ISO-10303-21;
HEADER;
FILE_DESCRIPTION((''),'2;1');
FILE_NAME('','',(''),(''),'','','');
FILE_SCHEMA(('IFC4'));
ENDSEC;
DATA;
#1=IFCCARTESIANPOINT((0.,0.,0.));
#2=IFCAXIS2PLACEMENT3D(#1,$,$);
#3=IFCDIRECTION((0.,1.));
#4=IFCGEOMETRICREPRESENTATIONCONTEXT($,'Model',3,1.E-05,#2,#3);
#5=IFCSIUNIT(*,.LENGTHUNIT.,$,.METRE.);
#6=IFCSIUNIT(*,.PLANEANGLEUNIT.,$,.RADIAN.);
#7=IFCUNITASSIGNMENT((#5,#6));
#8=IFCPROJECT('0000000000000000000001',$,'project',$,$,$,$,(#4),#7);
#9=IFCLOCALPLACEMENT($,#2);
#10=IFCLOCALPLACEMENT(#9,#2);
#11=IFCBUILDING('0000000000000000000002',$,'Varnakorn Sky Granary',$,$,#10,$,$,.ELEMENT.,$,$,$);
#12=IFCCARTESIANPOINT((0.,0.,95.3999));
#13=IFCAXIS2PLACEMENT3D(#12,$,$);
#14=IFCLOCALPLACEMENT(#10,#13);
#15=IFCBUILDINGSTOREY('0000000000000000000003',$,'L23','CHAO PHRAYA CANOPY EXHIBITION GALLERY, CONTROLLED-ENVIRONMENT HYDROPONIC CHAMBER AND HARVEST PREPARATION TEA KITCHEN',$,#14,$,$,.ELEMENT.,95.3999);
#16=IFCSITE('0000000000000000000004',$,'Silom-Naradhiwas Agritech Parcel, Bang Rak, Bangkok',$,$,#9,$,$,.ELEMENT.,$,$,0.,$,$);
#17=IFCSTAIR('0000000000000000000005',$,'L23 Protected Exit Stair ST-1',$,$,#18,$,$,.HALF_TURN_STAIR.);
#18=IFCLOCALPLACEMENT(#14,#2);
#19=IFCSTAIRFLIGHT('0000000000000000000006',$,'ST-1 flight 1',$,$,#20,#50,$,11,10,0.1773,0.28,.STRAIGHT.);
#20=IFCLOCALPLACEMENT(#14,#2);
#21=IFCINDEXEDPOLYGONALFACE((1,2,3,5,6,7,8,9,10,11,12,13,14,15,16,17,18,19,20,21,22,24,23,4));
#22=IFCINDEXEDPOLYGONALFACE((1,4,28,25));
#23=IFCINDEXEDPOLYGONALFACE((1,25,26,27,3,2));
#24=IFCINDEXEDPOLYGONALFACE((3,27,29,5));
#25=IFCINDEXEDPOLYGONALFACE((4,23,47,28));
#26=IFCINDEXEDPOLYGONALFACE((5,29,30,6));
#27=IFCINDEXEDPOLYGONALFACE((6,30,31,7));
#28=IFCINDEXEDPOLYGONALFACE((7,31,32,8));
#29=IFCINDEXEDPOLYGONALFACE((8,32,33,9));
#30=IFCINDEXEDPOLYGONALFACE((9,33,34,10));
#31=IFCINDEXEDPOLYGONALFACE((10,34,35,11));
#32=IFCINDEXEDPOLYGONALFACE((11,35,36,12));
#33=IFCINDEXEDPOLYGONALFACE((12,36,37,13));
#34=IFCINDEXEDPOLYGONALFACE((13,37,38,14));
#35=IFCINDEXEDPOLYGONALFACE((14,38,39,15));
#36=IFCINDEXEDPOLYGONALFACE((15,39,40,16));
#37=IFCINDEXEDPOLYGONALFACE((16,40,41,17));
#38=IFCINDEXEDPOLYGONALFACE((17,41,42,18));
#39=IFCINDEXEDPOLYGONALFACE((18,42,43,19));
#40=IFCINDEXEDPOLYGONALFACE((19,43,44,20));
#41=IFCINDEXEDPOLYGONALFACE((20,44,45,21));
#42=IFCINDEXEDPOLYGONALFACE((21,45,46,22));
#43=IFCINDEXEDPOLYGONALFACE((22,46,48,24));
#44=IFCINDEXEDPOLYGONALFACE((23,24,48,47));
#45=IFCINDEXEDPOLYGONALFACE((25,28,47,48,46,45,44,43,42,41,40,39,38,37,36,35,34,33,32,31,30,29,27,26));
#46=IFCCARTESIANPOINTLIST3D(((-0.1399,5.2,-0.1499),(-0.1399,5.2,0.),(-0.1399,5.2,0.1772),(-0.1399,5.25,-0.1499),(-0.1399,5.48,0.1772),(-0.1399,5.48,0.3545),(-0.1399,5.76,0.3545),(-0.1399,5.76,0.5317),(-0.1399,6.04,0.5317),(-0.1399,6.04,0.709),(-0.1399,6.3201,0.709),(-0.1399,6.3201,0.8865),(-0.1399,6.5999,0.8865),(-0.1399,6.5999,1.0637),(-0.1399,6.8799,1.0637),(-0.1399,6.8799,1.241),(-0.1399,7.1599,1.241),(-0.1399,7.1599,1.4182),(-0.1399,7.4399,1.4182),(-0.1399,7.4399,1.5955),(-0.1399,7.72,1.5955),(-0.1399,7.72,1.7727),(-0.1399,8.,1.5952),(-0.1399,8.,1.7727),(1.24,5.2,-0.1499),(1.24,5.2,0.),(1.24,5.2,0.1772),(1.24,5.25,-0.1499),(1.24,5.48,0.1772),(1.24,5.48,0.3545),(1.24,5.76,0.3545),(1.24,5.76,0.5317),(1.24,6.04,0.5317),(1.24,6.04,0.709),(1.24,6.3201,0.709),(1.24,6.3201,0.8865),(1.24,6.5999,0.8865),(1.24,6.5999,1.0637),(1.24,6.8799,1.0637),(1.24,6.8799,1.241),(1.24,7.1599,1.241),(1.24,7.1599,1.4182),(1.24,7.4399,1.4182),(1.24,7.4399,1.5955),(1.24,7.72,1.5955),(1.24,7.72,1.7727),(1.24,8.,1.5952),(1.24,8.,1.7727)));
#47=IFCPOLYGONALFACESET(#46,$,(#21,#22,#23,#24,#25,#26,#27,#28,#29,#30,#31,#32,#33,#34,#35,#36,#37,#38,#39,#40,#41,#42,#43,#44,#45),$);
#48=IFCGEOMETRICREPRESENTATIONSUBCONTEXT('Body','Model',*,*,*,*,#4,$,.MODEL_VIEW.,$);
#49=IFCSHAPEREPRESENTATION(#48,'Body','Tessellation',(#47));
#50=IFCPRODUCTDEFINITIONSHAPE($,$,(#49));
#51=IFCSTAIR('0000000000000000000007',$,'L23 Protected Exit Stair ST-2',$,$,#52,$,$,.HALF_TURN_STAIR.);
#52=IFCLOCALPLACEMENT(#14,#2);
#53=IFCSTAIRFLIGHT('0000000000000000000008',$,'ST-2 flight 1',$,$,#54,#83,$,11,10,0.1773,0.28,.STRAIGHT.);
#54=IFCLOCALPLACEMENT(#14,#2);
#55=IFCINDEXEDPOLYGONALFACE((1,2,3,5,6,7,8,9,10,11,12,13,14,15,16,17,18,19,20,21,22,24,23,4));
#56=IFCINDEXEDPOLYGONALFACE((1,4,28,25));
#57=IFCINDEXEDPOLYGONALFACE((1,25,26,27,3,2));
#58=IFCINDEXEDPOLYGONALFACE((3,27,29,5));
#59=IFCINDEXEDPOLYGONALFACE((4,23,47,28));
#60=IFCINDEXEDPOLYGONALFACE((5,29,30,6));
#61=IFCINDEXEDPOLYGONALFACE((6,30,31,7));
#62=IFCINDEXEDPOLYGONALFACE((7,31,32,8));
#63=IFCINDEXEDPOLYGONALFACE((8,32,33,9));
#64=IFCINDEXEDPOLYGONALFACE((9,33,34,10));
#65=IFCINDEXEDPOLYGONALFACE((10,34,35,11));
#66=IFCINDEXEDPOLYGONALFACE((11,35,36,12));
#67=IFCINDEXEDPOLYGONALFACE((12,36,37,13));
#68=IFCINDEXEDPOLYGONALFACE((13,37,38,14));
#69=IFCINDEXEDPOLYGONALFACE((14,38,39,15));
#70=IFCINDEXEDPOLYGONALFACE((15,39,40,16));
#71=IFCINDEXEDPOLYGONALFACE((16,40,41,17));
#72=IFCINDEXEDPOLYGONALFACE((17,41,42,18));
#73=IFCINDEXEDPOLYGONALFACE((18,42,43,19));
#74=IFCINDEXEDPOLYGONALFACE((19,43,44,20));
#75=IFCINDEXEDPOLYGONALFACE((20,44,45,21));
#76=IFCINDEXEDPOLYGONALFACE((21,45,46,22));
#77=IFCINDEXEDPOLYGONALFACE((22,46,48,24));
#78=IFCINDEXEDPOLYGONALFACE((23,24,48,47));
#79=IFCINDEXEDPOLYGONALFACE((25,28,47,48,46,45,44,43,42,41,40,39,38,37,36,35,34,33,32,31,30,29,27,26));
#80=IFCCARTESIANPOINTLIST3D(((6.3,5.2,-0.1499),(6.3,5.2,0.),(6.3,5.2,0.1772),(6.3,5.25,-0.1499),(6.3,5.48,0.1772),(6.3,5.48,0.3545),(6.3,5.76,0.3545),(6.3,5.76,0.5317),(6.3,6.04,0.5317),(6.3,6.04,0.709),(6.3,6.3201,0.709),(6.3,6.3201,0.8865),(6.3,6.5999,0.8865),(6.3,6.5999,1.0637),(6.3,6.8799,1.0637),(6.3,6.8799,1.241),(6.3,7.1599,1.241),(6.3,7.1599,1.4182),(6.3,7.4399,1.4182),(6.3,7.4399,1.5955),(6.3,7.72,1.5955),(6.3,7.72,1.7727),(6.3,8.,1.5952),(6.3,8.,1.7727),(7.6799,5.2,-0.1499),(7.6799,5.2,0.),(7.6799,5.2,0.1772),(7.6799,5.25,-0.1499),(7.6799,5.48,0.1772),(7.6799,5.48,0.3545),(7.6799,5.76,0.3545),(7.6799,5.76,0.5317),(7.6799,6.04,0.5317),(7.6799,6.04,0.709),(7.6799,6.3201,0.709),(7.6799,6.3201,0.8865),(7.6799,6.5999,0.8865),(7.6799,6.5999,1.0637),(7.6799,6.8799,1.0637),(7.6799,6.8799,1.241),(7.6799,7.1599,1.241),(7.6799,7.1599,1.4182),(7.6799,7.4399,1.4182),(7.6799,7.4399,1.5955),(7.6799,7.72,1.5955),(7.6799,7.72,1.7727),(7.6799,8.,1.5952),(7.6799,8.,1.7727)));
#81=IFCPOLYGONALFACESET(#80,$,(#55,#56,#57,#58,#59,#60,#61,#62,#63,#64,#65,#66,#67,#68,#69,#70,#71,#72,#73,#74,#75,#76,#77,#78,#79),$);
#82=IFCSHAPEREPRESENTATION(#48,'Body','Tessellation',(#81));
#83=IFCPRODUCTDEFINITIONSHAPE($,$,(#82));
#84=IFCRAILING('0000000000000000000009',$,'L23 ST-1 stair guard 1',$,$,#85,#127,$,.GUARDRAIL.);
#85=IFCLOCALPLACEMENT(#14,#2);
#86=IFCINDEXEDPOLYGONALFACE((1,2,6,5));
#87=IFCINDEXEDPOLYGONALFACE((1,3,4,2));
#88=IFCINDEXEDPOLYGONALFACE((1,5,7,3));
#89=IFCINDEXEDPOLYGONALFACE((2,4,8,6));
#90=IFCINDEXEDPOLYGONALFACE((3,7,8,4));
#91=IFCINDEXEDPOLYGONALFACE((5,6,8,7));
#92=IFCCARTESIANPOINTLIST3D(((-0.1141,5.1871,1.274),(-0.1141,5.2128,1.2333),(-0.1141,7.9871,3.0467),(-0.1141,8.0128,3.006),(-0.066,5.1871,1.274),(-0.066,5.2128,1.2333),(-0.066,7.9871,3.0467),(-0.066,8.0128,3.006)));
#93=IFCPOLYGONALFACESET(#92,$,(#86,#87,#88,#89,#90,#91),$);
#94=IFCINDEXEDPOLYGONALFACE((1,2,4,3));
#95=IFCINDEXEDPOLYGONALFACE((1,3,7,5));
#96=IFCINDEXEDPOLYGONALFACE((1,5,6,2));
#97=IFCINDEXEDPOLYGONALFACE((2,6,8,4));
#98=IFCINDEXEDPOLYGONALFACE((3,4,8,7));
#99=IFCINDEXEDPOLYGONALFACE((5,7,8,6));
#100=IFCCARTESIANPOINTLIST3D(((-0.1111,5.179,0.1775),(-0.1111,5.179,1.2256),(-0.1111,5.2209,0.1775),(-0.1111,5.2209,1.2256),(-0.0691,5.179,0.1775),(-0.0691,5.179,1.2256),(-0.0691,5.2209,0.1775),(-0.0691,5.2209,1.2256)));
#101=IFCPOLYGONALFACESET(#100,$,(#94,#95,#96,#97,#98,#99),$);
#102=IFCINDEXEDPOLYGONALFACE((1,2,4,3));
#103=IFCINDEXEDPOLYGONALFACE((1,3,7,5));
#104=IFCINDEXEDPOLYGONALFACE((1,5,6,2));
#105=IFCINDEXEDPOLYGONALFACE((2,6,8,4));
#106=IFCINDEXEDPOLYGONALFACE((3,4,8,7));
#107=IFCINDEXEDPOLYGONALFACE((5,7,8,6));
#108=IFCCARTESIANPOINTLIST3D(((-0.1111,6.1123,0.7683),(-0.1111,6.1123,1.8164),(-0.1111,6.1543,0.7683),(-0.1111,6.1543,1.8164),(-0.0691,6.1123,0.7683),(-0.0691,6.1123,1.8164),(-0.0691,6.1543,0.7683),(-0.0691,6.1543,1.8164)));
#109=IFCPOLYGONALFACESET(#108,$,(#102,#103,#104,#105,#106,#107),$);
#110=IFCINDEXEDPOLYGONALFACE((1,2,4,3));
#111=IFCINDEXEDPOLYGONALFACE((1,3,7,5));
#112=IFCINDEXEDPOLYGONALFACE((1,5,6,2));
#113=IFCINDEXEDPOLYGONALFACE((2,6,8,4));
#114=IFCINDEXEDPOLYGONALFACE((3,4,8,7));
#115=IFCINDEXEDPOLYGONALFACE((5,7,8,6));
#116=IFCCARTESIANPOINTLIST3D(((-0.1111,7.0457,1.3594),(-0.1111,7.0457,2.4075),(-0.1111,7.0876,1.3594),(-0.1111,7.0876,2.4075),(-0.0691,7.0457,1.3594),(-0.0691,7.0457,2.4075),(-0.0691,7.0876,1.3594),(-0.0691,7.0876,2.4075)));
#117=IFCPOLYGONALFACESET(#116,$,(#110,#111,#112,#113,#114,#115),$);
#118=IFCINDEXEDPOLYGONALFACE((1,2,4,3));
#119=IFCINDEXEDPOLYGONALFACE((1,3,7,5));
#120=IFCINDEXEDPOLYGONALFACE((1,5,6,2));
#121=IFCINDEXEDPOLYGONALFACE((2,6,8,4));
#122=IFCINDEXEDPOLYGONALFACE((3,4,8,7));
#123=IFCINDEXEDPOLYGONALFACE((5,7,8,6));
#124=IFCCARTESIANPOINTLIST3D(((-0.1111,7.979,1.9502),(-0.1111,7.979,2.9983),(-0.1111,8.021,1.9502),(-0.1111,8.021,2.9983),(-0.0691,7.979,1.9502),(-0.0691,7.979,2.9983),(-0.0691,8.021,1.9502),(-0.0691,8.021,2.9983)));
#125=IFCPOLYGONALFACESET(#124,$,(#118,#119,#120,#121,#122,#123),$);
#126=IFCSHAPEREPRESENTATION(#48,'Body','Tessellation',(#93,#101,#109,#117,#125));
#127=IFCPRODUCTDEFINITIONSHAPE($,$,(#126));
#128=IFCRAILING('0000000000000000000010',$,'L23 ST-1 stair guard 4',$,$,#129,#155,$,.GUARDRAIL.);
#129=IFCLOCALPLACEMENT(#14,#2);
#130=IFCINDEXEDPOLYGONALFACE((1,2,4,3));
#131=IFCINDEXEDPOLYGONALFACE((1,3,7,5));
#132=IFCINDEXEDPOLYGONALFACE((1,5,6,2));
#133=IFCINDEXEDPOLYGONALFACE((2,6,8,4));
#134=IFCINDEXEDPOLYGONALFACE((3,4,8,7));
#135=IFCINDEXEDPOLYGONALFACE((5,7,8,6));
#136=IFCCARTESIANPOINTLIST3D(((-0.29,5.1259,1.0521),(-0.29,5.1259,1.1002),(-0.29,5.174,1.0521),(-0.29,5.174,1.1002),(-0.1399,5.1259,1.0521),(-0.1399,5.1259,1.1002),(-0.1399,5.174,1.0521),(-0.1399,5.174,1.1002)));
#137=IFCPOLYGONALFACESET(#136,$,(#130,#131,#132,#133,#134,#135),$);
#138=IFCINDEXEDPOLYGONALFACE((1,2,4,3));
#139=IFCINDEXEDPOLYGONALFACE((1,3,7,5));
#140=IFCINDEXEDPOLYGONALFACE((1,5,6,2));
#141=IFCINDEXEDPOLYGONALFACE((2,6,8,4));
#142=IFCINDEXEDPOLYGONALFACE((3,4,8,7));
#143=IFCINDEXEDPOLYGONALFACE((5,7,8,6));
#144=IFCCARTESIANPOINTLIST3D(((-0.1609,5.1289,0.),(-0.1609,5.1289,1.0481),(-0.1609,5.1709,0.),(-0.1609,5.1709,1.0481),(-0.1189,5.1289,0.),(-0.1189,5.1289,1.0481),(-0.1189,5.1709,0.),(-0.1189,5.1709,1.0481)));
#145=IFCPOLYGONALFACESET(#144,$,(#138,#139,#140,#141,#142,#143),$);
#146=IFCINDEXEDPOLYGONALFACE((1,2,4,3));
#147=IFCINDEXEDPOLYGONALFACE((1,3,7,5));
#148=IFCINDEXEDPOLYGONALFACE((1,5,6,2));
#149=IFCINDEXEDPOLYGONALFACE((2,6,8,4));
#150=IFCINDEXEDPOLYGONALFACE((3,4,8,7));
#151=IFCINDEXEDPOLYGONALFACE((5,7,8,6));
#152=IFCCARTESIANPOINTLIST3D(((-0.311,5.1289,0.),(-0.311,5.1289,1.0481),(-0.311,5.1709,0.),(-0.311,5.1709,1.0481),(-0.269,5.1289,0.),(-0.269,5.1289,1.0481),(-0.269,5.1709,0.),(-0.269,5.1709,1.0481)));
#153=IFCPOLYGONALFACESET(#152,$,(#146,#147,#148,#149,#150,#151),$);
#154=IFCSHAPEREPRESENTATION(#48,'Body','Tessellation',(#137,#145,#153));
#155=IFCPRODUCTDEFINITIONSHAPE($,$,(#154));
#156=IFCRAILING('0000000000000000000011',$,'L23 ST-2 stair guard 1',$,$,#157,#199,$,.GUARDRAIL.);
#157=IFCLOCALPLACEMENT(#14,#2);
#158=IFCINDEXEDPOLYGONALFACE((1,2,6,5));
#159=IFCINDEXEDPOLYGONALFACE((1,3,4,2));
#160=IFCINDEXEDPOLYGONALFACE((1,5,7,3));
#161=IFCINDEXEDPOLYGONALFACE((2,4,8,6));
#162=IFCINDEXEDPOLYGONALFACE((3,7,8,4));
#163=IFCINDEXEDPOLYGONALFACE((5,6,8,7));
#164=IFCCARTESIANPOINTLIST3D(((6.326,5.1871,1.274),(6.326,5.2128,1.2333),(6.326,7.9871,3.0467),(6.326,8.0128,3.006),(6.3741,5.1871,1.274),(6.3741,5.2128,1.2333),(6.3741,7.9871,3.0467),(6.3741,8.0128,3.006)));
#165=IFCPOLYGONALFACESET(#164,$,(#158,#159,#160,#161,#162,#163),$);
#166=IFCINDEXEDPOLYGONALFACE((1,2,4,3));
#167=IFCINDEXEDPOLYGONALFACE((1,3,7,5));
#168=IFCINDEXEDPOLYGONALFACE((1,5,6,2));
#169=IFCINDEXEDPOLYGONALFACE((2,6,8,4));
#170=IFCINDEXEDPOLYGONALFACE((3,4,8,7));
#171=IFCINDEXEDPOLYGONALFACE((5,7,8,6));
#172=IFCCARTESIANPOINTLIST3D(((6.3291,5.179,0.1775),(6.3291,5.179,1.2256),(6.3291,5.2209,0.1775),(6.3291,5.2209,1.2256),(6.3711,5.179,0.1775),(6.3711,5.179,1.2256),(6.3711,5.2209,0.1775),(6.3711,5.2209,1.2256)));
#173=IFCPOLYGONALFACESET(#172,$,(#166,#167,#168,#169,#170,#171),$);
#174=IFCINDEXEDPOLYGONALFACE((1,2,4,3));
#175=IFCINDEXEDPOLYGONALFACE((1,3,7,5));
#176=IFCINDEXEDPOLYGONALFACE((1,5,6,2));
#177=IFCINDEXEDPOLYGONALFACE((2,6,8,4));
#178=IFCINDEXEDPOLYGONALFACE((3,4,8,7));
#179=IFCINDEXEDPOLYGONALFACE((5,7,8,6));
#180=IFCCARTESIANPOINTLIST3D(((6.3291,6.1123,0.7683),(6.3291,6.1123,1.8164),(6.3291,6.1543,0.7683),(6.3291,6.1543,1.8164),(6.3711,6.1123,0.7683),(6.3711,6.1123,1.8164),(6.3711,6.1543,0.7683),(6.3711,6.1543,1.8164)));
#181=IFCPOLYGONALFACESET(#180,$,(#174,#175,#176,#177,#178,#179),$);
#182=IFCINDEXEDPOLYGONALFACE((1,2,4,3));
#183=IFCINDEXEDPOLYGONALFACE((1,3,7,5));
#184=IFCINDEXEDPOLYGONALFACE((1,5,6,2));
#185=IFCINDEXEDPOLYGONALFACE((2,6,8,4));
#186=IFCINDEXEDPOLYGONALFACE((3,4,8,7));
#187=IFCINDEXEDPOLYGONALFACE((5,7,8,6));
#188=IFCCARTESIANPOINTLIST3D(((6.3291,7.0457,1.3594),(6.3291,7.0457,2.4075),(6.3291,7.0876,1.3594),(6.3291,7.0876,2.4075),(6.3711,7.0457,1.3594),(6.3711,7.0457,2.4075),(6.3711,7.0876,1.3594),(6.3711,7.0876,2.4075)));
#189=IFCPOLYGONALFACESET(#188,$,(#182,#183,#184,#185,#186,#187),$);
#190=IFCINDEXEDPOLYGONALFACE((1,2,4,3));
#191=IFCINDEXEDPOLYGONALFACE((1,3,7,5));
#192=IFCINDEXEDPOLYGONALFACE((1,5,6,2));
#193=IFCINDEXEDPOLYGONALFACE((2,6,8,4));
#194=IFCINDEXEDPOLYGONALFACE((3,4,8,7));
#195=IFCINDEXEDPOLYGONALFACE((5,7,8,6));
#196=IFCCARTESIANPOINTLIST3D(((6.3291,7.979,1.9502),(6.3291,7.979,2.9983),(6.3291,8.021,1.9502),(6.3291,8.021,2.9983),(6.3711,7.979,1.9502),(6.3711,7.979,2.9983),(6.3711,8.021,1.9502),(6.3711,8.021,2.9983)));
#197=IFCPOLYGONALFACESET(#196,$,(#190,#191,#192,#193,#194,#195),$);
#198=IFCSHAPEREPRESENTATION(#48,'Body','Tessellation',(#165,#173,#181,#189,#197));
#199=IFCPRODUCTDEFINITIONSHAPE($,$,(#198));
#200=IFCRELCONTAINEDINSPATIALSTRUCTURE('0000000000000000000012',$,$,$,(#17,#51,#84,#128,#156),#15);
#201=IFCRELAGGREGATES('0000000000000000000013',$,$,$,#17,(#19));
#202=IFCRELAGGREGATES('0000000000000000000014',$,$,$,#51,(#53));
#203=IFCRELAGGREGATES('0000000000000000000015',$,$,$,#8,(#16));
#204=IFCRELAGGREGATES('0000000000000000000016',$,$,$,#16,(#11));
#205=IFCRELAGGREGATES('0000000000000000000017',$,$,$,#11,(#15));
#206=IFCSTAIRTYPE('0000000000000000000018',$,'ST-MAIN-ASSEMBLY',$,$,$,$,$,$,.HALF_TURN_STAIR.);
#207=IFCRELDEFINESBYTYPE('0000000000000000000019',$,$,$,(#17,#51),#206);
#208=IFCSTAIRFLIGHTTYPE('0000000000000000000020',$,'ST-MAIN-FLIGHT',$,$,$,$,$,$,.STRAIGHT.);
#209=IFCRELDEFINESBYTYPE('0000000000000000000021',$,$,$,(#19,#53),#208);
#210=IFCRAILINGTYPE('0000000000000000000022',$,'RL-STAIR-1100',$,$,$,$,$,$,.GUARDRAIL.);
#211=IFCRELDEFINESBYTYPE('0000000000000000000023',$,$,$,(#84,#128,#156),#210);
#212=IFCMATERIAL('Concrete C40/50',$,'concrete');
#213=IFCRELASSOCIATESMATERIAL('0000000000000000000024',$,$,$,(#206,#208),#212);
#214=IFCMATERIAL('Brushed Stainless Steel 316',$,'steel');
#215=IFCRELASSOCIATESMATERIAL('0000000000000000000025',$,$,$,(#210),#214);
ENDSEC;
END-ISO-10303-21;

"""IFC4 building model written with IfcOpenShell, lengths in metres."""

from ifc_helpers import new_model, si_unit, direction, frame, origin, origin_2d, place, context, subcontext, project, spatial, polyline, rectangle, outline, extrude, material, type_object, element, aggregate, save


model = new_model("IFC4")

# Units and contexts
model_context = context("Model", 3, precision=1e-05, world=origin(), true_north=direction((0.0, 1.0)))
body_context = subcontext(model_context, "Body", "Model", "MODEL_VIEW")
ifc_project = project(units=[si_unit("LENGTHUNIT", "METRE"), si_unit("PLANEANGLEUNIT", "RADIAN")], contexts=[model_context])

# Site, building, storey
site_placement = place(None, origin())
site = spatial("IfcSite", under=ifc_project, at=site_placement, Name="Silom-Naradhiwas Agritech Parcel, Bang Rak, Bangkok", CompositionType="ELEMENT", RefElevation=0.0)
building_placement = place(site_placement, origin())
building = spatial("IfcBuilding", under=site, at=building_placement, Name="Varnakorn Sky Granary", CompositionType="ELEMENT")
storey_placement = place(building_placement, frame((0.0, 0.0, 95.3999)))
storey = spatial("IfcBuildingStorey", under=building, at=storey_placement, Name="L23", Description="CHAO PHRAYA CANOPY EXHIBITION GALLERY, CONTROLLED-ENVIRONMENT HYDROPONIC CHAMBER AND HARVEST PREPARATION TEA KITCHEN", CompositionType="ELEMENT", Elevation=95.3999)

# Stairs, stair flights
ifc_material_1 = material(Name="Concrete C40/50", Category="concrete")
stair_type = type_object("IfcStairType", Name="ST-MAIN-ASSEMBLY", PredefinedType="HALF_TURN_STAIR", material=ifc_material_1)
stair_1_placement = place(storey_placement, origin())
stair_1 = element("IfcStair", 1, at=stair_1_placement, inside=storey, type_object=stair_type, Name="L23 Protected Exit Stair ST-1", PredefinedType="HALF_TURN_STAIR")
stair_flight_type = type_object("IfcStairFlightType", Name="ST-MAIN-FLIGHT", PredefinedType="STRAIGHT", material=ifc_material_1)
stair_flight_1_placement = place(storey_placement, frame((0.55, 5.2, 0.0), z_axis=(0.0, 0.0, 1.0), x_axis=(0.0, 1.0, 0.0)))
stair_flight_1 = element("IfcStairFlight", 2, at=stair_flight_1_placement, type_object=stair_flight_type, Name="ST-1 flight 1", NumberOfRisers=11, NumberOfTreads=10, PredefinedType="STRAIGHT", RiserHeight=0.1773, TreadLength=0.28, context=body_context, shape_type="SweptSolid", body=[
    extrude(outline(polyline([(0.0, -0.1499), (0.0, 0.0), (0.0, 0.1772), (0.28, 0.1772), (0.28, 0.3545), (0.5601, 0.3545), (0.5601, 0.5317), (0.8401, 0.5317), (0.8401, 0.709), (1.1201, 0.709), (1.1201, 0.8865), (1.3999, 0.8865), (1.3999, 1.0637), (1.6799, 1.0637), (1.6799, 1.241), (1.96, 1.241), (1.96, 1.4182), (2.24, 1.4182), (2.24, 1.5955), (2.52, 1.5955), (2.52, 1.7727), (2.8, 1.7727), (2.8, 1.95), (2.8, 1.5952), (0.05, -0.1499), (0.0, -0.1499)])), frame((0.0, 0.6899, 0.0), z_axis=(0.0, -1.0, 0.0), x_axis=(1.0, 0.0, 0.0)), (0.0, 0.0, 1.0), 1.3799),
])
aggregate(stair_1, [stair_flight_1])
stair_2_placement = place(storey_placement, origin())
stair_2 = element("IfcStair", 3, at=stair_2_placement, inside=storey, type_object=stair_type, Name="L23 Protected Exit Stair ST-2", PredefinedType="HALF_TURN_STAIR")
stair_flight_2_placement = place(storey_placement, frame((6.99, 5.2, 0.0), z_axis=(0.0, 0.0, 1.0), x_axis=(0.0, 1.0, 0.0)))
stair_flight_2 = element("IfcStairFlight", 4, at=stair_flight_2_placement, type_object=stair_flight_type, Name="ST-2 flight 1", NumberOfRisers=11, NumberOfTreads=10, PredefinedType="STRAIGHT", RiserHeight=0.1773, TreadLength=0.28, context=body_context, shape_type="SweptSolid", body=[
    extrude(outline(polyline([(0.0, -0.1499), (0.0, 0.0), (0.0, 0.1772), (0.28, 0.1772), (0.28, 0.3545), (0.5601, 0.3545), (0.5601, 0.5317), (0.8401, 0.5317), (0.8401, 0.709), (1.1201, 0.709), (1.1201, 0.8865), (1.3999, 0.8865), (1.3999, 1.0637), (1.6799, 1.0637), (1.6799, 1.241), (1.96, 1.241), (1.96, 1.4182), (2.24, 1.4182), (2.24, 1.5955), (2.52, 1.5955), (2.52, 1.7727), (2.8, 1.7727), (2.8, 1.95), (2.8, 1.5952), (0.05, -0.1499), (0.0, -0.1499)])), frame((0.0, 0.6899, 0.0), z_axis=(0.0, -1.0, 0.0), x_axis=(1.0, 0.0, 0.0)), (0.0, 0.0, 1.0), 1.3799),
])
aggregate(stair_2, [stair_flight_2])

# Railings
ifc_material_2 = material(Name="Brushed Stainless Steel 316", Category="steel")
railing_type_1 = type_object("IfcRailingType", Name="RL-STAIR-1100", PredefinedType="GUARDRAIL", material=ifc_material_2)
railing_1_placement = place(storey_placement, frame((-0.0901, 5.2, 0.1775)))
element("IfcRailing", 5, at=railing_1_placement, inside=storey, type_object=railing_type_1, Name="L23 ST-1 stair guard 1", PredefinedType="GUARDRAIL", context=body_context, shape_type="SweptSolid", body=[
    extrude(rectangle(XDim=0.0481, YDim=0.0481, at=origin_2d()), frame((0.0, 0.0, 1.0762), z_axis=(0.0, 0.844909, 0.53491), x_axis=(-1.0, 0.0, 0.0)), (0.0, 0.0, 1.0), 3.314),
    extrude(rectangle(XDim=0.042, YDim=0.042, at=origin_2d()), origin(), (0.0, 0.0, 1.0), 1.0481),
    extrude(rectangle(XDim=0.042, YDim=0.042, at=origin_2d()), frame((0.0, 0.9333, 0.5908)), (0.0, 0.0, 1.0), 1.0481),
    extrude(rectangle(XDim=0.042, YDim=0.042, at=origin_2d()), frame((0.0, 1.8667, 1.1819)), (0.0, 0.0, 1.0), 1.0481),
    extrude(rectangle(XDim=0.042, YDim=0.042, at=origin_2d()), frame((0.0, 2.8, 1.7727)), (0.0, 0.0, 1.0), 1.0481),
])
railing_2_placement = place(storey_placement, frame((-0.1399, 5.1499, 0.0)))
element("IfcRailing", 6, at=railing_2_placement, inside=storey, type_object=railing_type_1, Name="L23 ST-1 stair guard 4", PredefinedType="GUARDRAIL", context=body_context, shape_type="SweptSolid", body=[
    extrude(rectangle(XDim=0.0481, YDim=0.0481, at=origin_2d()), frame((0.0, 0.0, 1.0762), z_axis=(-1.0, 0.0, 0.0), x_axis=(0.0, -1.0, 0.0)), (0.0, 0.0, 1.0), 0.1501),
    extrude(rectangle(XDim=0.042, YDim=0.042, at=origin_2d()), origin(), (0.0, 0.0, 1.0), 1.0481),
    extrude(rectangle(XDim=0.042, YDim=0.042, at=origin_2d()), frame((-0.1501, 0.0, 0.0)), (0.0, 0.0, 1.0), 1.0481),
])
railing_3_placement = place(storey_placement, frame((6.3501, 5.2, 0.1775)))
element("IfcRailing", 7, at=railing_3_placement, inside=storey, type_object=railing_type_1, Name="L23 ST-2 stair guard 1", PredefinedType="GUARDRAIL", context=body_context, shape_type="SweptSolid", body=[
    extrude(rectangle(XDim=0.0481, YDim=0.0481, at=origin_2d()), frame((0.0, 0.0, 1.0762), z_axis=(0.0, 0.844909, 0.53491), x_axis=(-1.0, 0.0, 0.0)), (0.0, 0.0, 1.0), 3.314),
    extrude(rectangle(XDim=0.042, YDim=0.042, at=origin_2d()), origin(), (0.0, 0.0, 1.0), 1.0481),
    extrude(rectangle(XDim=0.042, YDim=0.042, at=origin_2d()), frame((0.0, 0.9333, 0.5908)), (0.0, 0.0, 1.0), 1.0481),
    extrude(rectangle(XDim=0.042, YDim=0.042, at=origin_2d()), frame((0.0, 1.8667, 1.1819)), (0.0, 0.0, 1.0), 1.0481),
    extrude(rectangle(XDim=0.042, YDim=0.042, at=origin_2d()), frame((0.0, 2.8, 1.7727)), (0.0, 0.0, 1.0), 1.0481),
])

save(model, "model.ifc")
